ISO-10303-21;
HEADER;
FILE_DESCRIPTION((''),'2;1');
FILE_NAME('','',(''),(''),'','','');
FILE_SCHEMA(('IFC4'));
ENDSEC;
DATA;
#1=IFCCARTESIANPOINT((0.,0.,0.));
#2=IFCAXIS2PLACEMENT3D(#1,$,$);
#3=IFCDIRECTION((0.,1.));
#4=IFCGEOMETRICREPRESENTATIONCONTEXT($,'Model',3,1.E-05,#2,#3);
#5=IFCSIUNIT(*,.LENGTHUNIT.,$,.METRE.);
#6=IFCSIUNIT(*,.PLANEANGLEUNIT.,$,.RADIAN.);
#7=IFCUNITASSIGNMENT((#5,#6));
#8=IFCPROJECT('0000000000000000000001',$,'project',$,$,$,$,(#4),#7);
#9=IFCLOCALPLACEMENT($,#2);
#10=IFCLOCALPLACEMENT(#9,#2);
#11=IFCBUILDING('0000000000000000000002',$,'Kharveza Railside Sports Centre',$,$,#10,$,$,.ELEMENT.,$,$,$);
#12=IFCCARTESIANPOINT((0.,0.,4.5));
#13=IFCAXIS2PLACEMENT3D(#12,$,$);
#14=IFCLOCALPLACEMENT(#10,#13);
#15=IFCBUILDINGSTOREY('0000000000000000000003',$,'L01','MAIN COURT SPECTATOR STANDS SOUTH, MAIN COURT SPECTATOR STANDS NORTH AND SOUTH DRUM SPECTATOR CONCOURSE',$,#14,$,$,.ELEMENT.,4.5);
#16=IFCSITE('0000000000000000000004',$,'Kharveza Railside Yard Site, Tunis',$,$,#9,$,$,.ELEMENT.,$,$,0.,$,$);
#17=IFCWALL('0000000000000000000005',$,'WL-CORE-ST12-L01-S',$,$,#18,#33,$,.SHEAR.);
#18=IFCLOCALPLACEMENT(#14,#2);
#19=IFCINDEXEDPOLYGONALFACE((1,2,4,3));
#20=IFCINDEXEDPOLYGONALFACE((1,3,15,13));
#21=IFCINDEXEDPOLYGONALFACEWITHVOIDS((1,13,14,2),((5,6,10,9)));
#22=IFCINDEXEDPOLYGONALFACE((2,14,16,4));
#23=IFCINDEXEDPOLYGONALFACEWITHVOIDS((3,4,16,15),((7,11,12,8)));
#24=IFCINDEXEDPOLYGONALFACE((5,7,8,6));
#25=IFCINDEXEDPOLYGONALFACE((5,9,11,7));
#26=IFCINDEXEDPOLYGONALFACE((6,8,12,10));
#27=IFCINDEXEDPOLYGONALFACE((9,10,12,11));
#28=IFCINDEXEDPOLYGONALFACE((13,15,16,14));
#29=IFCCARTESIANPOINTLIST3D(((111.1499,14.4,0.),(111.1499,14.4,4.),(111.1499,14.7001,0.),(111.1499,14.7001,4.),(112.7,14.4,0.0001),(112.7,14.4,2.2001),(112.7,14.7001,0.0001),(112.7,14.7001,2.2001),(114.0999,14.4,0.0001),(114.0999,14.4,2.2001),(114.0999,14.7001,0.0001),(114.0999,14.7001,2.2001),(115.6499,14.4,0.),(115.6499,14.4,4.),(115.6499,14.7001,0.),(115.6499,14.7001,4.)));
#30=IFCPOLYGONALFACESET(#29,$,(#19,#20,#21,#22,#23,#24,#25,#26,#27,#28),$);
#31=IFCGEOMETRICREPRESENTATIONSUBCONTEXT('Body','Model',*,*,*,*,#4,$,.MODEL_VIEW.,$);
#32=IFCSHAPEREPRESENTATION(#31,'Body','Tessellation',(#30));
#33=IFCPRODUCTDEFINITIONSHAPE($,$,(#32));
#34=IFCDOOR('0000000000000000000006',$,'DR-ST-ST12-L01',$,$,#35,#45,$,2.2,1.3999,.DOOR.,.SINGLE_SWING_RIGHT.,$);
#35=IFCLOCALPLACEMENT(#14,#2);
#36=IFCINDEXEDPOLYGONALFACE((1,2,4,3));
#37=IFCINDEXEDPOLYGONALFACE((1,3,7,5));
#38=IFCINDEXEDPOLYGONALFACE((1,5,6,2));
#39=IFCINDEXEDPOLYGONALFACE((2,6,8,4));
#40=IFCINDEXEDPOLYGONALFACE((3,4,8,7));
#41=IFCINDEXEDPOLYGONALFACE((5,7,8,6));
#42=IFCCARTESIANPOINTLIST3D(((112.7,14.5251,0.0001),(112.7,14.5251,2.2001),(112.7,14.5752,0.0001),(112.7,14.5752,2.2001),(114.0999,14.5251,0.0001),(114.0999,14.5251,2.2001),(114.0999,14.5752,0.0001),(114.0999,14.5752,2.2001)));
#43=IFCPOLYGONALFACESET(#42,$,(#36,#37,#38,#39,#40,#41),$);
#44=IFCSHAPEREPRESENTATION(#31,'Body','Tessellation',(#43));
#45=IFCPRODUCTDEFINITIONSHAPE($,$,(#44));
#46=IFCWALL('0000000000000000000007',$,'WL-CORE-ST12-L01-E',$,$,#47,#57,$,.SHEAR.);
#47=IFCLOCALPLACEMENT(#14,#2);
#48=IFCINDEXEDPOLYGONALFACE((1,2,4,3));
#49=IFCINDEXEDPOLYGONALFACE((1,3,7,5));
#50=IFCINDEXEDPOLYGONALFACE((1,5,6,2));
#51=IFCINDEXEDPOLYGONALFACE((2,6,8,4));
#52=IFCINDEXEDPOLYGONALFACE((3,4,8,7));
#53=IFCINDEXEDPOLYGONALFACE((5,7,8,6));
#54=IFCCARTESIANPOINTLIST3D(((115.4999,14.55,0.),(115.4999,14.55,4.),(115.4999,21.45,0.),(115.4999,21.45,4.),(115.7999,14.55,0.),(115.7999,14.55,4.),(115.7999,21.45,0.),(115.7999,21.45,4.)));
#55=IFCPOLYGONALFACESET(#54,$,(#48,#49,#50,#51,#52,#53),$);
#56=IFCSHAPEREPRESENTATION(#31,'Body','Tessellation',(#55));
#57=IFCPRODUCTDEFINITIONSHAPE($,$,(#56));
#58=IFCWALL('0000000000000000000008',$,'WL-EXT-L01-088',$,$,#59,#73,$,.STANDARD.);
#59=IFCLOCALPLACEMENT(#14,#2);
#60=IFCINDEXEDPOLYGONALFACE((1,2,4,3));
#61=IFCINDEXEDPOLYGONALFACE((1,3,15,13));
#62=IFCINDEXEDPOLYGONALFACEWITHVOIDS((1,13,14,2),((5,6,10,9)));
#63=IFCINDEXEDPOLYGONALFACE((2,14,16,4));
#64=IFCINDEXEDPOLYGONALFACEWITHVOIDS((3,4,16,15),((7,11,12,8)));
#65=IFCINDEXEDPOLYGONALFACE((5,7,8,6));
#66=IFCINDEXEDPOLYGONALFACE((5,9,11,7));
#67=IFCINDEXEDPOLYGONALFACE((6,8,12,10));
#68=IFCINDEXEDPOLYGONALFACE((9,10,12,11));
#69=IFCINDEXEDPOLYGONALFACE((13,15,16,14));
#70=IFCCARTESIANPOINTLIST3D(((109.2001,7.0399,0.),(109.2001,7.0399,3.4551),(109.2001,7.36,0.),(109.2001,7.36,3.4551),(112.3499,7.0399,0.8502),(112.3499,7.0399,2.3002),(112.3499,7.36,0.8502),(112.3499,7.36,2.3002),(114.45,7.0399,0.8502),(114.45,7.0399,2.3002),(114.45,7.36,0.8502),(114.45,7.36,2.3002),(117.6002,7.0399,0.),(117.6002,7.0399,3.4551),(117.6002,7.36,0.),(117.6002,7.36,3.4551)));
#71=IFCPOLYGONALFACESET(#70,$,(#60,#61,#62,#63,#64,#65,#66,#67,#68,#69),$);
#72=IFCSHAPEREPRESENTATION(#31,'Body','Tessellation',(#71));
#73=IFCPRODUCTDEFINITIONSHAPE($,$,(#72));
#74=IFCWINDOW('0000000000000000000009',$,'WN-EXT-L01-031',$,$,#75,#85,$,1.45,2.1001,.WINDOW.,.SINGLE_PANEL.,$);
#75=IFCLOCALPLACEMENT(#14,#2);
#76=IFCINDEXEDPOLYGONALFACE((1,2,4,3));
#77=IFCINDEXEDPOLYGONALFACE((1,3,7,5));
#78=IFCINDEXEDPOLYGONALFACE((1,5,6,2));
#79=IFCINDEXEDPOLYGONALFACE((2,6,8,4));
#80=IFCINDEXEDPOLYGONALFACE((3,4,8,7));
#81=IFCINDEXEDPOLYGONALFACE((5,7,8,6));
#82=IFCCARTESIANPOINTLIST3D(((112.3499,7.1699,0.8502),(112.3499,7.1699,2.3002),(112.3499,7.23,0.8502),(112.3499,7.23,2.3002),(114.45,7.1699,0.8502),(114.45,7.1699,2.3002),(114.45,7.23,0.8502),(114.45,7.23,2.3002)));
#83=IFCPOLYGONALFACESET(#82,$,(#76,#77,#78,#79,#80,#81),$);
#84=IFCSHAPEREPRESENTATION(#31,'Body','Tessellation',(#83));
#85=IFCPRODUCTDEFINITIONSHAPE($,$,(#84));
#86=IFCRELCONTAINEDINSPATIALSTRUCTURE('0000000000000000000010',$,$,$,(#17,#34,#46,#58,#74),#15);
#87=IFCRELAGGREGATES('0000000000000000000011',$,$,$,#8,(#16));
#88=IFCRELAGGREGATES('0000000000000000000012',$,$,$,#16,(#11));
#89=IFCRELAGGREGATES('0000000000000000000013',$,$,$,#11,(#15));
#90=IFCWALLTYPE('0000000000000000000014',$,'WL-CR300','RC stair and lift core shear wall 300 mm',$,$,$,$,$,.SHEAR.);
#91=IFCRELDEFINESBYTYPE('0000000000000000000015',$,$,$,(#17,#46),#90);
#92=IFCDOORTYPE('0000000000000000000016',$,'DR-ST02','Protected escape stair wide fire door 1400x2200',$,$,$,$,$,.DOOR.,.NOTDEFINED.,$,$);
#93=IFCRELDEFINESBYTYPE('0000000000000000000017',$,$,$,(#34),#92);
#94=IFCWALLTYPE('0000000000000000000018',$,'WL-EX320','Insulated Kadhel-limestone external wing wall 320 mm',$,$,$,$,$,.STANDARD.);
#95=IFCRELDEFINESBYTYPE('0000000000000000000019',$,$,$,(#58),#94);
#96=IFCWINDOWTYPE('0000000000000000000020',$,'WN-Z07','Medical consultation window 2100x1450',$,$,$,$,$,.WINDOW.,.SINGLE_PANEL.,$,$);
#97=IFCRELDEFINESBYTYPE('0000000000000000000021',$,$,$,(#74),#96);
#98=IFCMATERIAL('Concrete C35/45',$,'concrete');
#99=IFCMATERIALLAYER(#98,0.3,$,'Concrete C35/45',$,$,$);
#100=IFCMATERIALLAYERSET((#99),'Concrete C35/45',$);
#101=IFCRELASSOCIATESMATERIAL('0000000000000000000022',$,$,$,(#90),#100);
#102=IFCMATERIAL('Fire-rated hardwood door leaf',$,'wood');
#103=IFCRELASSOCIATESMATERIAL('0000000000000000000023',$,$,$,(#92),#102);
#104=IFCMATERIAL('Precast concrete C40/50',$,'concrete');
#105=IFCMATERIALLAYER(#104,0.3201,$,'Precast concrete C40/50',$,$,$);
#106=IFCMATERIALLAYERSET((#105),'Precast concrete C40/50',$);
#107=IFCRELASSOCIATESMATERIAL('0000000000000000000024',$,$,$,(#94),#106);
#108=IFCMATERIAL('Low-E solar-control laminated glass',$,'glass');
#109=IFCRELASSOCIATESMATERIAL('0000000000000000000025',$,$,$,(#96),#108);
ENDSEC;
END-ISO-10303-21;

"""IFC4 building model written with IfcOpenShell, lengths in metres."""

from ifc_helpers import new_model, si_unit, direction, frame, frame_2d, origin, place, context, subcontext, project, spatial, rectangle, extrude, material, layer, layer_set, type_object, element, fill, save


model = new_model("IFC4")

# Units and contexts
model_context = context("Model", 3, precision=1e-05, world=origin(), true_north=direction((0.0, 1.0)))
body_context = subcontext(model_context, "Body", "Model", "MODEL_VIEW")
ifc_project = project(units=[si_unit("LENGTHUNIT", "METRE"), si_unit("PLANEANGLEUNIT", "RADIAN")], contexts=[model_context])

# Site, building, storey
site_placement = place(None, origin())
site = spatial("IfcSite", under=ifc_project, at=site_placement, Name="Kharveza Railside Yard Site, Tunis", CompositionType="ELEMENT", RefElevation=0.0)
building_placement = place(site_placement, origin())
building = spatial("IfcBuilding", under=site, at=building_placement, Name="Kharveza Railside Sports Centre", CompositionType="ELEMENT")
storey_placement = place(building_placement, frame((0.0, 0.0, 4.5)))
storey = spatial("IfcBuildingStorey", under=building, at=storey_placement, Name="L01", Description="MAIN COURT SPECTATOR STANDS SOUTH, MAIN COURT SPECTATOR STANDS NORTH AND SOUTH DRUM SPECTATOR CONCOURSE", CompositionType="ELEMENT", Elevation=4.5)

# Shared definitions
ifc_material_1 = material(Name="Low-E solar-control laminated glass", Category="glass")

# Wall, opening, door
ifc_material_2 = material(Name="Concrete C35/45", Category="concrete")
ifc_layer_1 = layer(ifc_material_2, 0.3, Name="Concrete C35/45")
ifc_layer_set_1 = layer_set([ifc_layer_1], Name="Concrete C35/45")
wall_type_1 = type_object("IfcWallType", Name="WL-CR300", Description="RC stair and lift core shear wall 300 mm", PredefinedType="SHEAR", material=ifc_layer_set_1)
wall_1_placement = place(storey_placement, frame((111.1499, 14.55, 0.0), z_axis=(0.0, 0.0, 1.0), x_axis=(1.0, 0.0, 0.0)))
wall_1 = element("IfcWall", 1, at=wall_1_placement, inside=storey, type_object=wall_type_1, Name="WL-CORE-ST12-L01-S", PredefinedType="SHEAR", context=body_context, shape_type="SweptSolid", body=[
    extrude(rectangle(XDim=4.5, YDim=0.3, at=frame_2d((2.25, 0.0))), origin(), (0.0, 0.0, 1.0), 4.0),
])
opening_1_placement = place(wall_1_placement, frame((1.55, 0.0, 0.0)))
opening_1 = element("IfcOpeningElement", 2, at=opening_1_placement, cuts=wall_1, PredefinedType="OPENING", context=body_context, shape_type="SweptSolid", body=[
    extrude(rectangle(XDim=1.3999, YDim=2.2, at=frame_2d((0.7, 1.1001))), frame((0.0, 0.1748, 0.0), z_axis=(0.0, -1.0, 0.0), x_axis=(1.0, 0.0, 0.0)), (0.0, 0.0, 1.0), 0.3499),
])
ifc_material_3 = material(Name="Fire-rated hardwood door leaf", Category="wood")
door_type = type_object("IfcDoorType", Name="DR-ST02", Description="Protected escape stair wide fire door 1400x2200", OperationType="NOTDEFINED", PredefinedType="DOOR", material=ifc_material_3)
door_placement = place(opening_1_placement, frame((1.3999, 0.0, 0.0), z_axis=(0.0, 0.0, 1.0), x_axis=(-1.0, 0.0, 0.0)))
door = element("IfcDoor", 3, at=door_placement, inside=storey, type_object=door_type, Name="DR-ST-ST12-L01", OperationType="SINGLE_SWING_RIGHT", OverallHeight=2.2, OverallWidth=1.3999, PredefinedType="DOOR", context=body_context, shape_type="SweptSolid", body=[
    extrude(rectangle(XDim=1.3999, YDim=2.2, at=frame_2d((0.7, 1.1001))), frame((0.0, 0.0249, 0.0), z_axis=(0.0, -1.0, 0.0), x_axis=(1.0, 0.0, 0.0)), (0.0, 0.0, 1.0), 0.05),
])
fill(opening_1, door)

# Wall
wall_2_placement = place(storey_placement, frame((115.6499, 14.55, 0.0), z_axis=(0.0, 0.0, 1.0), x_axis=(0.0, 1.0, 0.0)))
element("IfcWall", 4, at=wall_2_placement, inside=storey, type_object=wall_type_1, Name="WL-CORE-ST12-L01-E", PredefinedType="SHEAR", context=body_context, shape_type="SweptSolid", body=[
    extrude(rectangle(XDim=6.8999, YDim=0.3, at=frame_2d((3.45, 0.0))), origin(), (0.0, 0.0, 1.0), 4.0),
])

# Wall, opening, window
ifc_material_4 = material(Name="Precast concrete C40/50", Category="concrete")
ifc_layer_2 = layer(ifc_material_4, 0.3201, Name="Precast concrete C40/50")
ifc_layer_set_2 = layer_set([ifc_layer_2], Name="Precast concrete C40/50")
wall_type_2 = type_object("IfcWallType", Name="WL-EX320", Description="Insulated Kadhel-limestone external wing wall 320 mm", PredefinedType="STANDARD", material=ifc_layer_set_2)
wall_3_placement = place(storey_placement, frame((109.2, 7.2, 0.0), z_axis=(0.0, 0.0, 1.0), x_axis=(1.0, 0.0, 0.0)))
wall_3 = element("IfcWall", 5, at=wall_3_placement, inside=storey, type_object=wall_type_2, Name="WL-EXT-L01-088", PredefinedType="STANDARD", context=body_context, shape_type="SweptSolid", body=[
    extrude(rectangle(XDim=8.4001, YDim=0.3201, at=frame_2d((4.2002, 0.0))), origin(), (0.0, 0.0, 1.0), 3.4551),
])
opening_2_placement = place(wall_3_placement, frame((3.1499, 0.0, 0.8501)))
opening_2 = element("IfcOpeningElement", 6, at=opening_2_placement, cuts=wall_3, PredefinedType="OPENING", context=body_context, shape_type="SweptSolid", body=[
    extrude(rectangle(XDim=2.1001, YDim=1.45, at=frame_2d((1.05, 0.7251))), frame((0.0, 0.1851, 0.0), z_axis=(0.0, -1.0, 0.0), x_axis=(1.0, 0.0, 0.0)), (0.0, 0.0, 1.0), 0.3699),
])
window_type = type_object("IfcWindowType", Name="WN-Z07", Description="Medical consultation window 2100x1450", PartitioningType="SINGLE_PANEL", PredefinedType="WINDOW", material=ifc_material_1)
window_placement = place(opening_2_placement, origin())
window = element("IfcWindow", 7, at=window_placement, inside=storey, type_object=window_type, Name="WN-EXT-L01-031", OverallHeight=1.45, OverallWidth=2.1001, PartitioningType="SINGLE_PANEL", PredefinedType="WINDOW", context=body_context, shape_type="SweptSolid", body=[
    extrude(rectangle(XDim=2.1001, YDim=1.45, at=frame_2d((1.05, 0.7251))), frame((0.0, 0.03, 0.0), z_axis=(0.0, -1.0, 0.0), x_axis=(1.0, 0.0, 0.0)), (0.0, 0.0, 1.0), 0.0601),
])
fill(opening_2, window)

save(model, "model.ifc")
